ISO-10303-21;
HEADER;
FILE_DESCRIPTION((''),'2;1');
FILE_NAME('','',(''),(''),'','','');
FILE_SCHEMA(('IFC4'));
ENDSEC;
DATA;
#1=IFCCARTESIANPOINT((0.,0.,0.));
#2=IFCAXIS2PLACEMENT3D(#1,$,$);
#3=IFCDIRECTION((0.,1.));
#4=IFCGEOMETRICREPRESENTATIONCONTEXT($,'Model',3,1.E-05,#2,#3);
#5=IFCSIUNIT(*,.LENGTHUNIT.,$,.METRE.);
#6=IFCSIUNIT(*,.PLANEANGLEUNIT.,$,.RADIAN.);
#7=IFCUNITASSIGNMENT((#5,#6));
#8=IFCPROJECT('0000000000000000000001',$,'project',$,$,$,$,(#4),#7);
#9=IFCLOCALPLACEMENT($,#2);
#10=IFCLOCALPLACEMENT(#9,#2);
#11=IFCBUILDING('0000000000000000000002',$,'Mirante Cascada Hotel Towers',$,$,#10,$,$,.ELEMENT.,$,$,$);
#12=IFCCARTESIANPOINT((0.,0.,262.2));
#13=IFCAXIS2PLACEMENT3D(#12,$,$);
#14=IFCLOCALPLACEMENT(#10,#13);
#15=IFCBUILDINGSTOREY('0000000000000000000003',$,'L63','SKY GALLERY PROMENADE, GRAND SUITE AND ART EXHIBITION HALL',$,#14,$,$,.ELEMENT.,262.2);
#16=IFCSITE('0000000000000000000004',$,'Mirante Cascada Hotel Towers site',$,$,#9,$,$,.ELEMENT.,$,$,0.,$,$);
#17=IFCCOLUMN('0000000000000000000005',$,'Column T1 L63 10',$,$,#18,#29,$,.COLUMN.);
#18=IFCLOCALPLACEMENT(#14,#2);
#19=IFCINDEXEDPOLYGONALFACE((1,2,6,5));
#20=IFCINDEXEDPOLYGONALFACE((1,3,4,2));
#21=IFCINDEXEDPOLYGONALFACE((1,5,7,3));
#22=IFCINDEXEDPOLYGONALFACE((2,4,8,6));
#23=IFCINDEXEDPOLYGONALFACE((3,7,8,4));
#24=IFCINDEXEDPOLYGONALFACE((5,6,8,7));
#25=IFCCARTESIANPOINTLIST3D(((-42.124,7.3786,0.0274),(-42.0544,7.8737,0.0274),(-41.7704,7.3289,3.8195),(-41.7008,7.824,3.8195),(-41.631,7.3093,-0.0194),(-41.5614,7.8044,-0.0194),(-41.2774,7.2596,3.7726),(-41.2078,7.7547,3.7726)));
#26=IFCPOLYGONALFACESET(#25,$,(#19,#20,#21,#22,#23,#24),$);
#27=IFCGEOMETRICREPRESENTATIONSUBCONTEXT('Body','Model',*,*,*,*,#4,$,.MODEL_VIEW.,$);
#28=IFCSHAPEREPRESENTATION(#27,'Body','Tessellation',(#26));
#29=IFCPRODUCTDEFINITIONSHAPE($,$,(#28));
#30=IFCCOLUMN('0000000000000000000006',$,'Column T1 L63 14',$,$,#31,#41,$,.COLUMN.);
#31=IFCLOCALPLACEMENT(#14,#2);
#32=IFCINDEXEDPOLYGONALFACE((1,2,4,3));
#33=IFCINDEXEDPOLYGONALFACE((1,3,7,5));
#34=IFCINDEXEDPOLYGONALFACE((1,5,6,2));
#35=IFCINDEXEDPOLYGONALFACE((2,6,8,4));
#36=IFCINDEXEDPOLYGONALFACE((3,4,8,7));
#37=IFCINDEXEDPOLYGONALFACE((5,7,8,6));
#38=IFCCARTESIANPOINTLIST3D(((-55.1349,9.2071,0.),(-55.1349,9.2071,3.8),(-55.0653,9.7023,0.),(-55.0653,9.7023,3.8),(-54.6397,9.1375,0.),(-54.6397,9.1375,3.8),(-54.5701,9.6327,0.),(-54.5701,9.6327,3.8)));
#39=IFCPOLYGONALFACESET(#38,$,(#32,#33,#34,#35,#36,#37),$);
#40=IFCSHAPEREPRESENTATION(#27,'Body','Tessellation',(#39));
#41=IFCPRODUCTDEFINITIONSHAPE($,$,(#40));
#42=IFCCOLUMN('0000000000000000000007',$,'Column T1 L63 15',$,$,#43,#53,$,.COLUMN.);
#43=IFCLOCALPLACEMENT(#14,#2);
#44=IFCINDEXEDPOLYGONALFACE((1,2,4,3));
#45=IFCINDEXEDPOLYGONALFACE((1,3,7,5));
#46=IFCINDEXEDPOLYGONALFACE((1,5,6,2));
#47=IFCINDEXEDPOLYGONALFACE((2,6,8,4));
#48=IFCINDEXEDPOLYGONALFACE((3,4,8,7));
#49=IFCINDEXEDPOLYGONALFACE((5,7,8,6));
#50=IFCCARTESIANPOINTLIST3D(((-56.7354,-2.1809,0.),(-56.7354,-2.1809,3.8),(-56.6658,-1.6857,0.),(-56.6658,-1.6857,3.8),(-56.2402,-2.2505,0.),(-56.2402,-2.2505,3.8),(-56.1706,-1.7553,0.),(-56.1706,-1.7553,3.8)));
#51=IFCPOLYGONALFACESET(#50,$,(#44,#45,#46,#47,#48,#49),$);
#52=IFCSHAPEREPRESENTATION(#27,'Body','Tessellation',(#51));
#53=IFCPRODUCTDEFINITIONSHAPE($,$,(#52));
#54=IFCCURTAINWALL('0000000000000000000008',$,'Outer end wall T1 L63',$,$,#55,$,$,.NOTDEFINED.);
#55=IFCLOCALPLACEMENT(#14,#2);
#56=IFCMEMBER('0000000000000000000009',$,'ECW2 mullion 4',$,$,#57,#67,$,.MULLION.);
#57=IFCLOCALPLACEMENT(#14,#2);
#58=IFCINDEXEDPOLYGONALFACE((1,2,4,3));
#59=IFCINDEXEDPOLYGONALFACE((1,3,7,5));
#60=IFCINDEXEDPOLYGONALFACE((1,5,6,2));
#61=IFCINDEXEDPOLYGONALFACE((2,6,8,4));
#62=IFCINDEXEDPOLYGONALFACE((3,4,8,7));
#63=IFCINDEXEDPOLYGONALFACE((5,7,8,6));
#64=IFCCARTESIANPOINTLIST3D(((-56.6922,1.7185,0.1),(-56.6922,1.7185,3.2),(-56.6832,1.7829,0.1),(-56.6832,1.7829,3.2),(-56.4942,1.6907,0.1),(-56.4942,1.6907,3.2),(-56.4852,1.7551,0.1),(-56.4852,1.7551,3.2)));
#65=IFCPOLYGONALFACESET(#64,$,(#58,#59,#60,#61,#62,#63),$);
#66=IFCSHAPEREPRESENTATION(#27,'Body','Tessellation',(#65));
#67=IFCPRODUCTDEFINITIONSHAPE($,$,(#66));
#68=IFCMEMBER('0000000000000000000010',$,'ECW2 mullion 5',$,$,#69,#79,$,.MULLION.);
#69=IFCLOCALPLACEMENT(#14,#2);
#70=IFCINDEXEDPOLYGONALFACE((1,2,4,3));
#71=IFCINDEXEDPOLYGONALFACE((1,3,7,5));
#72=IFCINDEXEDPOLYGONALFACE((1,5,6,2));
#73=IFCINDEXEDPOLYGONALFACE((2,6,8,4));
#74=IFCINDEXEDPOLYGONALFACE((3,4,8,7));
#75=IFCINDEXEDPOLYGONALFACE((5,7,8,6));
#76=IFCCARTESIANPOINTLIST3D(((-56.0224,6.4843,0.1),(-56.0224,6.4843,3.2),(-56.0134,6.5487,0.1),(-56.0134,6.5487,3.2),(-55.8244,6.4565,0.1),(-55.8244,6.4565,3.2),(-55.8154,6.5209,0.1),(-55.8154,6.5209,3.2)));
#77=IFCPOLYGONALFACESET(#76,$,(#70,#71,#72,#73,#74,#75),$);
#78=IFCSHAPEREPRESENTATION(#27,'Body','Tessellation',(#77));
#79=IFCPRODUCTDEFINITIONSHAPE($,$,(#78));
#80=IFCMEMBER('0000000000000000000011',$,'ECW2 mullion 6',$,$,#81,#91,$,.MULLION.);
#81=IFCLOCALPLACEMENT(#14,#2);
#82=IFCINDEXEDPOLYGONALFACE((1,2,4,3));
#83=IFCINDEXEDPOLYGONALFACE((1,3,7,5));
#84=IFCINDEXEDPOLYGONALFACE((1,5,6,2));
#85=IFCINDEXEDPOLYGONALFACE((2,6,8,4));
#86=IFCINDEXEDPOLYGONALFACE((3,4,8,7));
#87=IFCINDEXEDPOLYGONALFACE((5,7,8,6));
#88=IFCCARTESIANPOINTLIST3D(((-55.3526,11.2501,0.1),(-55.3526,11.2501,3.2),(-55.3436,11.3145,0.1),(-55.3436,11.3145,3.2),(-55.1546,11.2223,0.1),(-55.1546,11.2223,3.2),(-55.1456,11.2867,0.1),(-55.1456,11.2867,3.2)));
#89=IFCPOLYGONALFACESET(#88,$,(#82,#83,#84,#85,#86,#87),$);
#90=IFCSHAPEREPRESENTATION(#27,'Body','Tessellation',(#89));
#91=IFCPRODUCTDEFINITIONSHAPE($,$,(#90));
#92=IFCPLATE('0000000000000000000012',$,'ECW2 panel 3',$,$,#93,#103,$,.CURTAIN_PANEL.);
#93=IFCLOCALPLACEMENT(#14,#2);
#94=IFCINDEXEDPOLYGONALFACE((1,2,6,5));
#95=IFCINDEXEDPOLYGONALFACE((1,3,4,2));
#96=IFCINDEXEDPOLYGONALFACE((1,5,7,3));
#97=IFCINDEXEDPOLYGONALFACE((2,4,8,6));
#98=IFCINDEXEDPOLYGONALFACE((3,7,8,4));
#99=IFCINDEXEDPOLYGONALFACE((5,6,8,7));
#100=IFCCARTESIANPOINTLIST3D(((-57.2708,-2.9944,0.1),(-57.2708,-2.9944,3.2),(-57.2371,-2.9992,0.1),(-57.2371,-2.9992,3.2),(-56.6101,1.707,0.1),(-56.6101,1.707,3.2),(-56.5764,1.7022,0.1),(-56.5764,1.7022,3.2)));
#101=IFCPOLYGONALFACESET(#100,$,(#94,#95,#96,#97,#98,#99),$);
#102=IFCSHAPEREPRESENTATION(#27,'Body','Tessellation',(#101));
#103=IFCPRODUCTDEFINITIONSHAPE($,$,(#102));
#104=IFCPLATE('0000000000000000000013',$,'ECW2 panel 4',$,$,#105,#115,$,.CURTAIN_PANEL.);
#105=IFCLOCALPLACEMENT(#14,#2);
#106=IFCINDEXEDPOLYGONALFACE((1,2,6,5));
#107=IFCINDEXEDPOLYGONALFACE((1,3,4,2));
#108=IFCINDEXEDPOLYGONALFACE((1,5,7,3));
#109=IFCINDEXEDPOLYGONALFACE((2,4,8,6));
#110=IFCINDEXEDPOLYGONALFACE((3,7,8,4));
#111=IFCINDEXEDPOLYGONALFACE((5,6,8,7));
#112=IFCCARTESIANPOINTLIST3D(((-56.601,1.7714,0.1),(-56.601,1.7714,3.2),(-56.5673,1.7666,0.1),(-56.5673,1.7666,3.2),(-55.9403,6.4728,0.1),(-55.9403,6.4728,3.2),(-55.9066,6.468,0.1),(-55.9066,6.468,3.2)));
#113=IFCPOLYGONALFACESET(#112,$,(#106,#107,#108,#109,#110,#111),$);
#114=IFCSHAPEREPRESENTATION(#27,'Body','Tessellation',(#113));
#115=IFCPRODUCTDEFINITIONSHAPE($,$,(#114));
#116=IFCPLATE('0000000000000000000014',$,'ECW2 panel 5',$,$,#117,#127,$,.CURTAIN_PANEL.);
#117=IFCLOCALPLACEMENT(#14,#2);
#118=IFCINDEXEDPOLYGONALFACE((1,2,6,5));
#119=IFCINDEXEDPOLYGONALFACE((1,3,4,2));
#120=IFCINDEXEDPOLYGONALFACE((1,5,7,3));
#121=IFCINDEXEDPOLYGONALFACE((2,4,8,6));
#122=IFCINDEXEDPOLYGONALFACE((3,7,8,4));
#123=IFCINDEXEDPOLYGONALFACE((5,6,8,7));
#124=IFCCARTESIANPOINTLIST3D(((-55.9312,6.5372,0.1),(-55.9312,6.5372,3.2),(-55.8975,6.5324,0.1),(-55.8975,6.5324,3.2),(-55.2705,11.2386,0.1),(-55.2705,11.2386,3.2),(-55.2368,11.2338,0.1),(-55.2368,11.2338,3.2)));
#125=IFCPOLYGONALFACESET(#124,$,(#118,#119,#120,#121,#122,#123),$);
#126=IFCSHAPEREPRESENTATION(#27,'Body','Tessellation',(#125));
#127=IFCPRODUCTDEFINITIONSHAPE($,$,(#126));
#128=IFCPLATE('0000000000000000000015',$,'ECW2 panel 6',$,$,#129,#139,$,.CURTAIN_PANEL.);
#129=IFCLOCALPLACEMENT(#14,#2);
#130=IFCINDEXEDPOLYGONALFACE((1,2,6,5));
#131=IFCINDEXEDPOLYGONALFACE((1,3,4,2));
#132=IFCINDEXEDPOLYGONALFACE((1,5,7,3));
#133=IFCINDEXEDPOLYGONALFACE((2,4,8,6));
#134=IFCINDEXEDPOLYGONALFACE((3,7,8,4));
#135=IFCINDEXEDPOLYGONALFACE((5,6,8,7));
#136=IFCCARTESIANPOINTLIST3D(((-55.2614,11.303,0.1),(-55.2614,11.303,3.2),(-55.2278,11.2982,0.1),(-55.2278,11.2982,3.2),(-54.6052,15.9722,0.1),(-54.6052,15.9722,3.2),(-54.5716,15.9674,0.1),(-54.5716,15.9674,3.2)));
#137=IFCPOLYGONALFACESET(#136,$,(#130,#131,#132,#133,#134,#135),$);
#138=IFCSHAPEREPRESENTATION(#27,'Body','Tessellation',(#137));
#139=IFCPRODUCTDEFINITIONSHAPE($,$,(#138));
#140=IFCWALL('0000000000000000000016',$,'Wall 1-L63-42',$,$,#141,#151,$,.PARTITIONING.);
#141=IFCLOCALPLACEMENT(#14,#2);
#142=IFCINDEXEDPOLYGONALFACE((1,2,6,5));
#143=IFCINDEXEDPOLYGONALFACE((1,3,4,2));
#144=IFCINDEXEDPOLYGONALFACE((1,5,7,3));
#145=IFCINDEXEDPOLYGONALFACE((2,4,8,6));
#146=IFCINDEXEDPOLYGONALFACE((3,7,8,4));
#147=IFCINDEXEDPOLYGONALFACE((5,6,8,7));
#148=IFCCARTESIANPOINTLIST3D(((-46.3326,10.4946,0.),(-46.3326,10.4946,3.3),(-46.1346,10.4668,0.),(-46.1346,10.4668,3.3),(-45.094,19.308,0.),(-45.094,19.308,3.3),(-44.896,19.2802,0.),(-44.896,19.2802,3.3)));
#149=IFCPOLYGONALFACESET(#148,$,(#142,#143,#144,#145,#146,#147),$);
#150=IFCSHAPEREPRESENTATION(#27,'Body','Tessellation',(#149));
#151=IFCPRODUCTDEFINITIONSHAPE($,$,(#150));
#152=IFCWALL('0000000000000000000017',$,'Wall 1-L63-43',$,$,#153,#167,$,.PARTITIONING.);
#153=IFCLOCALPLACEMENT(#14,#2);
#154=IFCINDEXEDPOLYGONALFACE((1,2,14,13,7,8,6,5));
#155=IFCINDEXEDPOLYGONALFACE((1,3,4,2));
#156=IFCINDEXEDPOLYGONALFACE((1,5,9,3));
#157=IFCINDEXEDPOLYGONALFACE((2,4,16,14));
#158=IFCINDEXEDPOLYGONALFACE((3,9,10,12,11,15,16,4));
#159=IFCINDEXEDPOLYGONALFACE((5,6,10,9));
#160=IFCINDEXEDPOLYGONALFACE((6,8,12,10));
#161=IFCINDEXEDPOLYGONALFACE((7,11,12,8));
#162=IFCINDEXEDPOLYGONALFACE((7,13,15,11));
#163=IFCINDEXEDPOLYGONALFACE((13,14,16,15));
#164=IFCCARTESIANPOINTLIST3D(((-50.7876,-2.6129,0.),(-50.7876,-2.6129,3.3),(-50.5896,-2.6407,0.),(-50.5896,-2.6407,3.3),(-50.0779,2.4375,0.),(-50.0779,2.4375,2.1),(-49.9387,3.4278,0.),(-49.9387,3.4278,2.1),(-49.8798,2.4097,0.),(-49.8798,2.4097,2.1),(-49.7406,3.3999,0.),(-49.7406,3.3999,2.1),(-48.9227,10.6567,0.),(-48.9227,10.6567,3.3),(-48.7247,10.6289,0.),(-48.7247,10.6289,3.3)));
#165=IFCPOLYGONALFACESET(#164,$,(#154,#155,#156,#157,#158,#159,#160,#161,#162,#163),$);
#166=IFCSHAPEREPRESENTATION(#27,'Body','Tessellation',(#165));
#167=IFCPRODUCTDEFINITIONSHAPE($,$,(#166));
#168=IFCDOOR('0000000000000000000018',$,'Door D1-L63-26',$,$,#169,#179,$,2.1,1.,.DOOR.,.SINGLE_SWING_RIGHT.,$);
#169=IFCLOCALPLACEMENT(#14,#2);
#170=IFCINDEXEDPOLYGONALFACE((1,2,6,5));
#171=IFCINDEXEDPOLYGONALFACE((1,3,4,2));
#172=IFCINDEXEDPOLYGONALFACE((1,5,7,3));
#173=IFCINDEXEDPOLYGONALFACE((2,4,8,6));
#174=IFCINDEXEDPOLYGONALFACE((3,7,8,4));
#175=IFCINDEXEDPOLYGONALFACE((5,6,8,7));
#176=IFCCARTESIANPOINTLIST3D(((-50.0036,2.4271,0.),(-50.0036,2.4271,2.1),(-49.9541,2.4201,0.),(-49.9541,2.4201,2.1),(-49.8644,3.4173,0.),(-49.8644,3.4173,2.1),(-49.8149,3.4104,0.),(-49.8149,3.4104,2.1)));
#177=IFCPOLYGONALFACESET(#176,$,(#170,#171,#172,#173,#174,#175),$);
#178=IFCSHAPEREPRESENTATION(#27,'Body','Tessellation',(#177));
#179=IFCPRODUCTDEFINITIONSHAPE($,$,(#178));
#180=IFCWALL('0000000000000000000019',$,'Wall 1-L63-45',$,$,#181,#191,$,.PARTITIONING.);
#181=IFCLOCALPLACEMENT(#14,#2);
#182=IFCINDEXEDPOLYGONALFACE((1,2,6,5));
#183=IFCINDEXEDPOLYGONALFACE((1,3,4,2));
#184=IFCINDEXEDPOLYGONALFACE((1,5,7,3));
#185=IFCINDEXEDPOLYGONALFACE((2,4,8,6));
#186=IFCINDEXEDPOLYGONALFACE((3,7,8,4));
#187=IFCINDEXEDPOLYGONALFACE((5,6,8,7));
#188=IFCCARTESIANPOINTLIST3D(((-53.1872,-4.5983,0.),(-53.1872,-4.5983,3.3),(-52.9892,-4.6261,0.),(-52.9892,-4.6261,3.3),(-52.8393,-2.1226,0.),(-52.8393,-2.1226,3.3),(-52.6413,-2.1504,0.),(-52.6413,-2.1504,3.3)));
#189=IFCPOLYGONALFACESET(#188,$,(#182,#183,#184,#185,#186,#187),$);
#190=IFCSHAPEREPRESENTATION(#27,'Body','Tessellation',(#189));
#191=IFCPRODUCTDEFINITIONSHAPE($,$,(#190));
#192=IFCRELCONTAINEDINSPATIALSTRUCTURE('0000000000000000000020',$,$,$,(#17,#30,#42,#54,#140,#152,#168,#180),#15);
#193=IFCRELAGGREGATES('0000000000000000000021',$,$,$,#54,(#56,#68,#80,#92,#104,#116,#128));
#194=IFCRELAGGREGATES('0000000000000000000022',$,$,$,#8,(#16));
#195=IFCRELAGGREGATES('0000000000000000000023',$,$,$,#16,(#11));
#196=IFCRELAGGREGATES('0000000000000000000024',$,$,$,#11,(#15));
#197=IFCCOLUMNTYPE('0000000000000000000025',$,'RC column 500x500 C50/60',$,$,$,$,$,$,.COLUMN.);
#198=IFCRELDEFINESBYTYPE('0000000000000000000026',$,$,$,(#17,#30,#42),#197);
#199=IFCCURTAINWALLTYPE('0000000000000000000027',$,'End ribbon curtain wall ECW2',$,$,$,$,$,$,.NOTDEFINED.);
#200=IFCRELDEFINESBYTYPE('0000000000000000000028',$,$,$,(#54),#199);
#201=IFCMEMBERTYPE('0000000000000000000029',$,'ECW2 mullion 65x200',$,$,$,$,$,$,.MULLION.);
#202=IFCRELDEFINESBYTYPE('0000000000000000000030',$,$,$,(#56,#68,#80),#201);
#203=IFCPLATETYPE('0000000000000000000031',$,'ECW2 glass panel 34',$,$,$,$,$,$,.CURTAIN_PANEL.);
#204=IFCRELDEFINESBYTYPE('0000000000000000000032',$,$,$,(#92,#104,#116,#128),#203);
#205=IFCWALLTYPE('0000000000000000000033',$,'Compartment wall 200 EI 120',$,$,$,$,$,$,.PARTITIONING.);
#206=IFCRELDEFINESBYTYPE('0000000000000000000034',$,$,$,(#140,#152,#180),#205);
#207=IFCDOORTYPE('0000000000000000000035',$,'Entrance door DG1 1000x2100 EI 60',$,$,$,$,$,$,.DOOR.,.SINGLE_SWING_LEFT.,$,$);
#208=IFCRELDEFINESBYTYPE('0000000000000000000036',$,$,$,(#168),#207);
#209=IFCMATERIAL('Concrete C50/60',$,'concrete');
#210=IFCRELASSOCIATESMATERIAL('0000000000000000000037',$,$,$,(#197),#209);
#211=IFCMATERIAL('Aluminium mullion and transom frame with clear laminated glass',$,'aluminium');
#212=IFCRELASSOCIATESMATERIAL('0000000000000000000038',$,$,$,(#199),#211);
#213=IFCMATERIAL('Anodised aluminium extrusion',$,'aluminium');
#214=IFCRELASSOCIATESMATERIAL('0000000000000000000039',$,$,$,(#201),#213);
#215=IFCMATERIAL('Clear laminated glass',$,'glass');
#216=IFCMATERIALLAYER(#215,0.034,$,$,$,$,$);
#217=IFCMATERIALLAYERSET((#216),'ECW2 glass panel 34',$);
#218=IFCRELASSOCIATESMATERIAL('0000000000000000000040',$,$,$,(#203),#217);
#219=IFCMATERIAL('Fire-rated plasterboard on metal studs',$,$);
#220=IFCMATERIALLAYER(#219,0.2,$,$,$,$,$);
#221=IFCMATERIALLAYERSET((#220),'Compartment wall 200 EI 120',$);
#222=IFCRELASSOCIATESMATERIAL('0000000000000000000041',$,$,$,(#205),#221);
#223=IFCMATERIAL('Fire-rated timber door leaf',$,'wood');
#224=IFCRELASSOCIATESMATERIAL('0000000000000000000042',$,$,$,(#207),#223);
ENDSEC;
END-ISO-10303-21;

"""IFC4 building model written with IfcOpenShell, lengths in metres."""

from ifc_helpers import new_model, si_unit, direction, frame, frame_2d, origin, origin_2d, place, context, subcontext, project, spatial, rectangle, extrude, material, layer, layer_set, material_profile, profile_set, type_object, element, fill, aggregate, save


model = new_model("IFC4")

# Units and contexts
model_context = context("Model", 3, precision=1e-05, world=origin(), true_north=direction((0.0, 1.0)))
body_context = subcontext(model_context, "Body", "Model", "MODEL_VIEW")
ifc_project = project(units=[si_unit("LENGTHUNIT", "METRE"), si_unit("PLANEANGLEUNIT", "RADIAN")], contexts=[model_context])

# Site, building, storey
site_placement = place(None, origin())
site = spatial("IfcSite", under=ifc_project, at=site_placement, Name="Mirante Cascada Hotel Towers site", CompositionType="ELEMENT", RefElevation=0.0)
building_placement = place(site_placement, origin())
building = spatial("IfcBuilding", under=site, at=building_placement, Name="Mirante Cascada Hotel Towers", CompositionType="ELEMENT")
storey_placement = place(building_placement, frame((0.0, 0.0, 262.2)))
storey = spatial("IfcBuildingStorey", under=building, at=storey_placement, Name="L63", Description="SKY GALLERY PROMENADE, GRAND SUITE AND ART EXHIBITION HALL", CompositionType="ELEMENT", Elevation=262.2)

# Columns
ifc_material_1 = material(Name="Concrete C50/60", Category="concrete")
ifc_material_profile_1 = material_profile(ifc_material_1, rectangle(XDim=0.5, YDim=0.5, at=origin_2d()), Name="RC column 500x500 C50/60")
ifc_profile_set_1 = profile_set([ifc_material_profile_1], Name="Concrete C50/60")
column_type = type_object("IfcColumnType", Name="RC column 500x500 C50/60", PredefinedType="COLUMN", material=ifc_profile_set_1)
column_placement = place(storey_placement, frame((-41.8427, 7.5915, 0.004), z_axis=(0.092838, -0.013049, 0.995596), x_axis=(0.139186, 0.990266, 0.0)))
element("IfcColumn", 1, at=column_placement, inside=storey, type_object=column_type, Name="Column T1 L63 10", PredefinedType="COLUMN", context=body_context, shape_type="SweptSolid", body=[
    extrude(rectangle(XDim=0.5, YDim=0.5, at=origin_2d()), origin(), (0.0, 0.0, 1.0), 3.8088),
])
for number, where, z_axis, x_axis, name in (
    (2, (-54.8525, 9.4199, 0.0), (0.0, 0.0, 1.0), (-0.990268, 0.139173, 0.0), "Column T1 L63 14"),
    (3, (-56.453, -1.9681, 0.0), (0.0, 0.0, 1.0), (-0.990268, 0.139173, 0.0), "Column T1 L63 15"),
):
    element("IfcColumn", number, at=place(storey_placement, frame(where, z_axis=z_axis, x_axis=x_axis)), inside=storey, type_object=column_type, Name=name, PredefinedType="COLUMN", context=body_context, shape_type="SweptSolid", body=[
        extrude(rectangle(XDim=0.5, YDim=0.5, at=origin_2d()), origin(), (0.0, 0.0, 1.0), 3.8),
    ])

# Curtain wall, members, plates
ifc_material_2 = material(Name="Aluminium mullion and transom frame with clear laminated glass", Category="aluminium")
curtain_wall_type = type_object("IfcCurtainWallType", Name="End ribbon curtain wall ECW2", PredefinedType="NOTDEFINED", material=ifc_material_2)
curtain_wall_placement = place(storey_placement, origin())
curtain_wall = element("IfcCurtainWall", 4, at=curtain_wall_placement, inside=storey, type_object=curtain_wall_type, Name="Outer end wall T1 L63", PredefinedType="NOTDEFINED")
ifc_material_3 = material(Name="Anodised aluminium extrusion", Category="aluminium")
ifc_material_profile_2 = material_profile(ifc_material_3, rectangle(XDim=0.2, YDim=0.065, at=origin_2d()), Name="ECW2 MULLION 65x200")
ifc_profile_set_2 = profile_set([ifc_material_profile_2], Name="Anodised aluminium extrusion")
member_type = type_object("IfcMemberType", Name="ECW2 mullion 65x200", PredefinedType="MULLION", material=ifc_profile_set_2)
member_1_placement = place(storey_placement, frame((-56.5887, 1.7368, 0.1), z_axis=(0.0, 0.0, 1.0), x_axis=(-0.990268, 0.139173, 0.0)))
member_1 = element("IfcMember", 5, at=member_1_placement, type_object=member_type, Name="ECW2 mullion 4", PredefinedType="MULLION", context=body_context, shape_type="SweptSolid", body=[
    extrude(rectangle(XDim=0.2, YDim=0.065, at=origin_2d()), origin(), (0.0, 0.0, 1.0), 3.1),
])
member_2_placement = place(storey_placement, frame((-55.9189, 6.5026, 0.1), z_axis=(0.0, 0.0, 1.0), x_axis=(-0.990268, 0.139173, 0.0)))
member_2 = element("IfcMember", 6, at=member_2_placement, type_object=member_type, Name="ECW2 mullion 5", PredefinedType="MULLION", context=body_context, shape_type="SweptSolid", body=[
    extrude(rectangle(XDim=0.2, YDim=0.065, at=origin_2d()), origin(), (0.0, 0.0, 1.0), 3.1),
])
member_3_placement = place(storey_placement, frame((-55.2491, 11.2684, 0.1), z_axis=(0.0, 0.0, 1.0), x_axis=(-0.990268, 0.139173, 0.0)))
member_3 = element("IfcMember", 7, at=member_3_placement, type_object=member_type, Name="ECW2 mullion 6", PredefinedType="MULLION", context=body_context, shape_type="SweptSolid", body=[
    extrude(rectangle(XDim=0.2, YDim=0.065, at=origin_2d()), origin(), (0.0, 0.0, 1.0), 3.1),
])
ifc_material_4 = material(Name="Clear laminated glass", Category="glass")
ifc_layer_1 = layer(ifc_material_4, 0.034)
ifc_layer_set_1 = layer_set([ifc_layer_1], Name="ECW2 glass panel 34")
plate_type = type_object("IfcPlateType", Name="ECW2 glass panel 34", PredefinedType="CURTAIN_PANEL", material=ifc_layer_set_1)
plate_1_placement = place(storey_placement, frame((-56.9236, -0.6461, 0.1), z_axis=(0.0, 0.0, 1.0), x_axis=(0.139173, 0.990268, 0.0)))
plate_1 = element("IfcPlate", 8, at=plate_1_placement, type_object=plate_type, Name="ECW2 panel 3", PredefinedType="CURTAIN_PANEL", context=body_context, shape_type="SweptSolid", body=[
    extrude(rectangle(XDim=4.7476, YDim=0.034, at=origin_2d()), origin(), (0.0, 0.0, 1.0), 3.1),
])
plate_2_placement = place(storey_placement, frame((-56.2538, 4.1197, 0.1), z_axis=(0.0, 0.0, 1.0), x_axis=(0.139173, 0.990268, 0.0)))
plate_2 = element("IfcPlate", 9, at=plate_2_placement, type_object=plate_type, Name="ECW2 panel 4", PredefinedType="CURTAIN_PANEL", context=body_context, shape_type="SweptSolid", body=[
    extrude(rectangle(XDim=4.7476, YDim=0.034, at=origin_2d()), origin(), (0.0, 0.0, 1.0), 3.1),
])
plate_3_placement = place(storey_placement, frame((-55.584, 8.8855, 0.1), z_axis=(0.0, 0.0, 1.0), x_axis=(0.139173, 0.990268, 0.0)))
plate_3 = element("IfcPlate", 10, at=plate_3_placement, type_object=plate_type, Name="ECW2 panel 5", PredefinedType="CURTAIN_PANEL", context=body_context, shape_type="SweptSolid", body=[
    extrude(rectangle(XDim=4.7476, YDim=0.034, at=origin_2d()), origin(), (0.0, 0.0, 1.0), 3.1),
])
plate_4_placement = place(storey_placement, frame((-54.9165, 13.6352, 0.1), z_axis=(0.0, 0.0, 1.0), x_axis=(0.139173, 0.990268, 0.0)))
plate_4 = element("IfcPlate", 11, at=plate_4_placement, type_object=plate_type, Name="ECW2 panel 6", PredefinedType="CURTAIN_PANEL", context=body_context, shape_type="SweptSolid", body=[
    extrude(rectangle(XDim=4.7151, YDim=0.034, at=origin_2d()), origin(), (0.0, 0.0, 1.0), 3.1),
])
aggregate(curtain_wall, [member_1, member_2, member_3, plate_1, plate_2, plate_3, plate_4])

# Wall
ifc_material_5 = material(Name="Fire-rated plasterboard on metal studs")
ifc_layer_2 = layer(ifc_material_5, 0.2)
ifc_layer_set_2 = layer_set([ifc_layer_2], Name="Compartment wall 200 EI 120")
wall_type_1 = type_object("IfcWallType", Name="Compartment wall 200 EI 120", PredefinedType="PARTITIONING", material=ifc_layer_set_2)
wall_1_placement = place(storey_placement, frame((-46.2336, 10.4807, 0.0), z_axis=(0.0, 0.0, 1.0), x_axis=(0.139168, 0.990269, 0.0)))
element("IfcWall", 12, at=wall_1_placement, inside=storey, type_object=wall_type_1, Name="Wall 1-L63-42", PredefinedType="PARTITIONING", context=body_context, shape_type="SweptSolid", body=[
    extrude(rectangle(XDim=8.9, YDim=0.2, at=frame_2d((4.45, 0.0))), origin(), (0.0, 0.0, 1.0), 3.3),
])

# Wall, opening, door
wall_2_placement = place(storey_placement, frame((-48.8237, 10.6428, 0.0), z_axis=(0.0, 0.0, 1.0), x_axis=(-0.139172, -0.990268, 0.0)))
wall_2 = element("IfcWall", 13, at=wall_2_placement, inside=storey, type_object=wall_type_1, Name="Wall 1-L63-43", PredefinedType="PARTITIONING", context=body_context, shape_type="SweptSolid", body=[
    extrude(rectangle(XDim=13.4, YDim=0.2, at=frame_2d((6.7, 0.0))), origin(), (0.0, 0.0, 1.0), 3.3),
])
opening_1_placement = place(wall_2_placement, frame((7.3, 0.0, 0.0)))
opening_1 = element("IfcOpeningElement", 14, at=opening_1_placement, cuts=wall_2, PredefinedType="OPENING", context=body_context, shape_type="SweptSolid", body=[
    extrude(rectangle(XDim=1.0, YDim=2.1, at=frame_2d((0.5, 1.05))), frame((0.0, 0.1, 0.0), z_axis=(0.0, -1.0, 0.0), x_axis=(1.0, 0.0, 0.0)), (0.0, 0.0, 1.0), 0.2),
])
ifc_material_6 = material(Name="Fire-rated timber door leaf", Category="wood")
door_type_1 = type_object("IfcDoorType", Name="Entrance door DG1 1000x2100 EI 60", OperationType="SINGLE_SWING_LEFT", PredefinedType="DOOR", material=ifc_material_6)
door_1_placement = place(opening_1_placement, frame((1.0, 0.0, 0.0), z_axis=(0.0, 0.0, 1.0), x_axis=(-1.0, 0.0, 0.0)))
door_1 = element("IfcDoor", 15, at=door_1_placement, inside=storey, type_object=door_type_1, Name="Door D1-L63-26", OperationType="SINGLE_SWING_RIGHT", OverallHeight=2.1, OverallWidth=1.0, PredefinedType="DOOR", context=body_context, shape_type="SweptSolid", body=[
    extrude(rectangle(XDim=1.0, YDim=2.1, at=frame_2d((0.5, 1.05))), frame((0.0, 0.025, 0.0), z_axis=(0.0, -1.0, 0.0), x_axis=(1.0, 0.0, 0.0)), (0.0, 0.0, 1.0), 0.05),
])
fill(opening_1, door_1)

# Wall
wall_3_placement = place(storey_placement, frame((-52.7403, -2.1365, 0.0), z_axis=(0.0, 0.0, 1.0), x_axis=(-0.139159, -0.99027, 0.0)))
element("IfcWall", 16, at=wall_3_placement, inside=storey, type_object=wall_type_1, Name="Wall 1-L63-45", PredefinedType="PARTITIONING", context=body_context, shape_type="SweptSolid", body=[
    extrude(rectangle(XDim=2.5, YDim=0.2, at=frame_2d((1.25, 0.0))), origin(), (0.0, 0.0, 1.0), 3.3),
])

save(model, "model.ifc")
